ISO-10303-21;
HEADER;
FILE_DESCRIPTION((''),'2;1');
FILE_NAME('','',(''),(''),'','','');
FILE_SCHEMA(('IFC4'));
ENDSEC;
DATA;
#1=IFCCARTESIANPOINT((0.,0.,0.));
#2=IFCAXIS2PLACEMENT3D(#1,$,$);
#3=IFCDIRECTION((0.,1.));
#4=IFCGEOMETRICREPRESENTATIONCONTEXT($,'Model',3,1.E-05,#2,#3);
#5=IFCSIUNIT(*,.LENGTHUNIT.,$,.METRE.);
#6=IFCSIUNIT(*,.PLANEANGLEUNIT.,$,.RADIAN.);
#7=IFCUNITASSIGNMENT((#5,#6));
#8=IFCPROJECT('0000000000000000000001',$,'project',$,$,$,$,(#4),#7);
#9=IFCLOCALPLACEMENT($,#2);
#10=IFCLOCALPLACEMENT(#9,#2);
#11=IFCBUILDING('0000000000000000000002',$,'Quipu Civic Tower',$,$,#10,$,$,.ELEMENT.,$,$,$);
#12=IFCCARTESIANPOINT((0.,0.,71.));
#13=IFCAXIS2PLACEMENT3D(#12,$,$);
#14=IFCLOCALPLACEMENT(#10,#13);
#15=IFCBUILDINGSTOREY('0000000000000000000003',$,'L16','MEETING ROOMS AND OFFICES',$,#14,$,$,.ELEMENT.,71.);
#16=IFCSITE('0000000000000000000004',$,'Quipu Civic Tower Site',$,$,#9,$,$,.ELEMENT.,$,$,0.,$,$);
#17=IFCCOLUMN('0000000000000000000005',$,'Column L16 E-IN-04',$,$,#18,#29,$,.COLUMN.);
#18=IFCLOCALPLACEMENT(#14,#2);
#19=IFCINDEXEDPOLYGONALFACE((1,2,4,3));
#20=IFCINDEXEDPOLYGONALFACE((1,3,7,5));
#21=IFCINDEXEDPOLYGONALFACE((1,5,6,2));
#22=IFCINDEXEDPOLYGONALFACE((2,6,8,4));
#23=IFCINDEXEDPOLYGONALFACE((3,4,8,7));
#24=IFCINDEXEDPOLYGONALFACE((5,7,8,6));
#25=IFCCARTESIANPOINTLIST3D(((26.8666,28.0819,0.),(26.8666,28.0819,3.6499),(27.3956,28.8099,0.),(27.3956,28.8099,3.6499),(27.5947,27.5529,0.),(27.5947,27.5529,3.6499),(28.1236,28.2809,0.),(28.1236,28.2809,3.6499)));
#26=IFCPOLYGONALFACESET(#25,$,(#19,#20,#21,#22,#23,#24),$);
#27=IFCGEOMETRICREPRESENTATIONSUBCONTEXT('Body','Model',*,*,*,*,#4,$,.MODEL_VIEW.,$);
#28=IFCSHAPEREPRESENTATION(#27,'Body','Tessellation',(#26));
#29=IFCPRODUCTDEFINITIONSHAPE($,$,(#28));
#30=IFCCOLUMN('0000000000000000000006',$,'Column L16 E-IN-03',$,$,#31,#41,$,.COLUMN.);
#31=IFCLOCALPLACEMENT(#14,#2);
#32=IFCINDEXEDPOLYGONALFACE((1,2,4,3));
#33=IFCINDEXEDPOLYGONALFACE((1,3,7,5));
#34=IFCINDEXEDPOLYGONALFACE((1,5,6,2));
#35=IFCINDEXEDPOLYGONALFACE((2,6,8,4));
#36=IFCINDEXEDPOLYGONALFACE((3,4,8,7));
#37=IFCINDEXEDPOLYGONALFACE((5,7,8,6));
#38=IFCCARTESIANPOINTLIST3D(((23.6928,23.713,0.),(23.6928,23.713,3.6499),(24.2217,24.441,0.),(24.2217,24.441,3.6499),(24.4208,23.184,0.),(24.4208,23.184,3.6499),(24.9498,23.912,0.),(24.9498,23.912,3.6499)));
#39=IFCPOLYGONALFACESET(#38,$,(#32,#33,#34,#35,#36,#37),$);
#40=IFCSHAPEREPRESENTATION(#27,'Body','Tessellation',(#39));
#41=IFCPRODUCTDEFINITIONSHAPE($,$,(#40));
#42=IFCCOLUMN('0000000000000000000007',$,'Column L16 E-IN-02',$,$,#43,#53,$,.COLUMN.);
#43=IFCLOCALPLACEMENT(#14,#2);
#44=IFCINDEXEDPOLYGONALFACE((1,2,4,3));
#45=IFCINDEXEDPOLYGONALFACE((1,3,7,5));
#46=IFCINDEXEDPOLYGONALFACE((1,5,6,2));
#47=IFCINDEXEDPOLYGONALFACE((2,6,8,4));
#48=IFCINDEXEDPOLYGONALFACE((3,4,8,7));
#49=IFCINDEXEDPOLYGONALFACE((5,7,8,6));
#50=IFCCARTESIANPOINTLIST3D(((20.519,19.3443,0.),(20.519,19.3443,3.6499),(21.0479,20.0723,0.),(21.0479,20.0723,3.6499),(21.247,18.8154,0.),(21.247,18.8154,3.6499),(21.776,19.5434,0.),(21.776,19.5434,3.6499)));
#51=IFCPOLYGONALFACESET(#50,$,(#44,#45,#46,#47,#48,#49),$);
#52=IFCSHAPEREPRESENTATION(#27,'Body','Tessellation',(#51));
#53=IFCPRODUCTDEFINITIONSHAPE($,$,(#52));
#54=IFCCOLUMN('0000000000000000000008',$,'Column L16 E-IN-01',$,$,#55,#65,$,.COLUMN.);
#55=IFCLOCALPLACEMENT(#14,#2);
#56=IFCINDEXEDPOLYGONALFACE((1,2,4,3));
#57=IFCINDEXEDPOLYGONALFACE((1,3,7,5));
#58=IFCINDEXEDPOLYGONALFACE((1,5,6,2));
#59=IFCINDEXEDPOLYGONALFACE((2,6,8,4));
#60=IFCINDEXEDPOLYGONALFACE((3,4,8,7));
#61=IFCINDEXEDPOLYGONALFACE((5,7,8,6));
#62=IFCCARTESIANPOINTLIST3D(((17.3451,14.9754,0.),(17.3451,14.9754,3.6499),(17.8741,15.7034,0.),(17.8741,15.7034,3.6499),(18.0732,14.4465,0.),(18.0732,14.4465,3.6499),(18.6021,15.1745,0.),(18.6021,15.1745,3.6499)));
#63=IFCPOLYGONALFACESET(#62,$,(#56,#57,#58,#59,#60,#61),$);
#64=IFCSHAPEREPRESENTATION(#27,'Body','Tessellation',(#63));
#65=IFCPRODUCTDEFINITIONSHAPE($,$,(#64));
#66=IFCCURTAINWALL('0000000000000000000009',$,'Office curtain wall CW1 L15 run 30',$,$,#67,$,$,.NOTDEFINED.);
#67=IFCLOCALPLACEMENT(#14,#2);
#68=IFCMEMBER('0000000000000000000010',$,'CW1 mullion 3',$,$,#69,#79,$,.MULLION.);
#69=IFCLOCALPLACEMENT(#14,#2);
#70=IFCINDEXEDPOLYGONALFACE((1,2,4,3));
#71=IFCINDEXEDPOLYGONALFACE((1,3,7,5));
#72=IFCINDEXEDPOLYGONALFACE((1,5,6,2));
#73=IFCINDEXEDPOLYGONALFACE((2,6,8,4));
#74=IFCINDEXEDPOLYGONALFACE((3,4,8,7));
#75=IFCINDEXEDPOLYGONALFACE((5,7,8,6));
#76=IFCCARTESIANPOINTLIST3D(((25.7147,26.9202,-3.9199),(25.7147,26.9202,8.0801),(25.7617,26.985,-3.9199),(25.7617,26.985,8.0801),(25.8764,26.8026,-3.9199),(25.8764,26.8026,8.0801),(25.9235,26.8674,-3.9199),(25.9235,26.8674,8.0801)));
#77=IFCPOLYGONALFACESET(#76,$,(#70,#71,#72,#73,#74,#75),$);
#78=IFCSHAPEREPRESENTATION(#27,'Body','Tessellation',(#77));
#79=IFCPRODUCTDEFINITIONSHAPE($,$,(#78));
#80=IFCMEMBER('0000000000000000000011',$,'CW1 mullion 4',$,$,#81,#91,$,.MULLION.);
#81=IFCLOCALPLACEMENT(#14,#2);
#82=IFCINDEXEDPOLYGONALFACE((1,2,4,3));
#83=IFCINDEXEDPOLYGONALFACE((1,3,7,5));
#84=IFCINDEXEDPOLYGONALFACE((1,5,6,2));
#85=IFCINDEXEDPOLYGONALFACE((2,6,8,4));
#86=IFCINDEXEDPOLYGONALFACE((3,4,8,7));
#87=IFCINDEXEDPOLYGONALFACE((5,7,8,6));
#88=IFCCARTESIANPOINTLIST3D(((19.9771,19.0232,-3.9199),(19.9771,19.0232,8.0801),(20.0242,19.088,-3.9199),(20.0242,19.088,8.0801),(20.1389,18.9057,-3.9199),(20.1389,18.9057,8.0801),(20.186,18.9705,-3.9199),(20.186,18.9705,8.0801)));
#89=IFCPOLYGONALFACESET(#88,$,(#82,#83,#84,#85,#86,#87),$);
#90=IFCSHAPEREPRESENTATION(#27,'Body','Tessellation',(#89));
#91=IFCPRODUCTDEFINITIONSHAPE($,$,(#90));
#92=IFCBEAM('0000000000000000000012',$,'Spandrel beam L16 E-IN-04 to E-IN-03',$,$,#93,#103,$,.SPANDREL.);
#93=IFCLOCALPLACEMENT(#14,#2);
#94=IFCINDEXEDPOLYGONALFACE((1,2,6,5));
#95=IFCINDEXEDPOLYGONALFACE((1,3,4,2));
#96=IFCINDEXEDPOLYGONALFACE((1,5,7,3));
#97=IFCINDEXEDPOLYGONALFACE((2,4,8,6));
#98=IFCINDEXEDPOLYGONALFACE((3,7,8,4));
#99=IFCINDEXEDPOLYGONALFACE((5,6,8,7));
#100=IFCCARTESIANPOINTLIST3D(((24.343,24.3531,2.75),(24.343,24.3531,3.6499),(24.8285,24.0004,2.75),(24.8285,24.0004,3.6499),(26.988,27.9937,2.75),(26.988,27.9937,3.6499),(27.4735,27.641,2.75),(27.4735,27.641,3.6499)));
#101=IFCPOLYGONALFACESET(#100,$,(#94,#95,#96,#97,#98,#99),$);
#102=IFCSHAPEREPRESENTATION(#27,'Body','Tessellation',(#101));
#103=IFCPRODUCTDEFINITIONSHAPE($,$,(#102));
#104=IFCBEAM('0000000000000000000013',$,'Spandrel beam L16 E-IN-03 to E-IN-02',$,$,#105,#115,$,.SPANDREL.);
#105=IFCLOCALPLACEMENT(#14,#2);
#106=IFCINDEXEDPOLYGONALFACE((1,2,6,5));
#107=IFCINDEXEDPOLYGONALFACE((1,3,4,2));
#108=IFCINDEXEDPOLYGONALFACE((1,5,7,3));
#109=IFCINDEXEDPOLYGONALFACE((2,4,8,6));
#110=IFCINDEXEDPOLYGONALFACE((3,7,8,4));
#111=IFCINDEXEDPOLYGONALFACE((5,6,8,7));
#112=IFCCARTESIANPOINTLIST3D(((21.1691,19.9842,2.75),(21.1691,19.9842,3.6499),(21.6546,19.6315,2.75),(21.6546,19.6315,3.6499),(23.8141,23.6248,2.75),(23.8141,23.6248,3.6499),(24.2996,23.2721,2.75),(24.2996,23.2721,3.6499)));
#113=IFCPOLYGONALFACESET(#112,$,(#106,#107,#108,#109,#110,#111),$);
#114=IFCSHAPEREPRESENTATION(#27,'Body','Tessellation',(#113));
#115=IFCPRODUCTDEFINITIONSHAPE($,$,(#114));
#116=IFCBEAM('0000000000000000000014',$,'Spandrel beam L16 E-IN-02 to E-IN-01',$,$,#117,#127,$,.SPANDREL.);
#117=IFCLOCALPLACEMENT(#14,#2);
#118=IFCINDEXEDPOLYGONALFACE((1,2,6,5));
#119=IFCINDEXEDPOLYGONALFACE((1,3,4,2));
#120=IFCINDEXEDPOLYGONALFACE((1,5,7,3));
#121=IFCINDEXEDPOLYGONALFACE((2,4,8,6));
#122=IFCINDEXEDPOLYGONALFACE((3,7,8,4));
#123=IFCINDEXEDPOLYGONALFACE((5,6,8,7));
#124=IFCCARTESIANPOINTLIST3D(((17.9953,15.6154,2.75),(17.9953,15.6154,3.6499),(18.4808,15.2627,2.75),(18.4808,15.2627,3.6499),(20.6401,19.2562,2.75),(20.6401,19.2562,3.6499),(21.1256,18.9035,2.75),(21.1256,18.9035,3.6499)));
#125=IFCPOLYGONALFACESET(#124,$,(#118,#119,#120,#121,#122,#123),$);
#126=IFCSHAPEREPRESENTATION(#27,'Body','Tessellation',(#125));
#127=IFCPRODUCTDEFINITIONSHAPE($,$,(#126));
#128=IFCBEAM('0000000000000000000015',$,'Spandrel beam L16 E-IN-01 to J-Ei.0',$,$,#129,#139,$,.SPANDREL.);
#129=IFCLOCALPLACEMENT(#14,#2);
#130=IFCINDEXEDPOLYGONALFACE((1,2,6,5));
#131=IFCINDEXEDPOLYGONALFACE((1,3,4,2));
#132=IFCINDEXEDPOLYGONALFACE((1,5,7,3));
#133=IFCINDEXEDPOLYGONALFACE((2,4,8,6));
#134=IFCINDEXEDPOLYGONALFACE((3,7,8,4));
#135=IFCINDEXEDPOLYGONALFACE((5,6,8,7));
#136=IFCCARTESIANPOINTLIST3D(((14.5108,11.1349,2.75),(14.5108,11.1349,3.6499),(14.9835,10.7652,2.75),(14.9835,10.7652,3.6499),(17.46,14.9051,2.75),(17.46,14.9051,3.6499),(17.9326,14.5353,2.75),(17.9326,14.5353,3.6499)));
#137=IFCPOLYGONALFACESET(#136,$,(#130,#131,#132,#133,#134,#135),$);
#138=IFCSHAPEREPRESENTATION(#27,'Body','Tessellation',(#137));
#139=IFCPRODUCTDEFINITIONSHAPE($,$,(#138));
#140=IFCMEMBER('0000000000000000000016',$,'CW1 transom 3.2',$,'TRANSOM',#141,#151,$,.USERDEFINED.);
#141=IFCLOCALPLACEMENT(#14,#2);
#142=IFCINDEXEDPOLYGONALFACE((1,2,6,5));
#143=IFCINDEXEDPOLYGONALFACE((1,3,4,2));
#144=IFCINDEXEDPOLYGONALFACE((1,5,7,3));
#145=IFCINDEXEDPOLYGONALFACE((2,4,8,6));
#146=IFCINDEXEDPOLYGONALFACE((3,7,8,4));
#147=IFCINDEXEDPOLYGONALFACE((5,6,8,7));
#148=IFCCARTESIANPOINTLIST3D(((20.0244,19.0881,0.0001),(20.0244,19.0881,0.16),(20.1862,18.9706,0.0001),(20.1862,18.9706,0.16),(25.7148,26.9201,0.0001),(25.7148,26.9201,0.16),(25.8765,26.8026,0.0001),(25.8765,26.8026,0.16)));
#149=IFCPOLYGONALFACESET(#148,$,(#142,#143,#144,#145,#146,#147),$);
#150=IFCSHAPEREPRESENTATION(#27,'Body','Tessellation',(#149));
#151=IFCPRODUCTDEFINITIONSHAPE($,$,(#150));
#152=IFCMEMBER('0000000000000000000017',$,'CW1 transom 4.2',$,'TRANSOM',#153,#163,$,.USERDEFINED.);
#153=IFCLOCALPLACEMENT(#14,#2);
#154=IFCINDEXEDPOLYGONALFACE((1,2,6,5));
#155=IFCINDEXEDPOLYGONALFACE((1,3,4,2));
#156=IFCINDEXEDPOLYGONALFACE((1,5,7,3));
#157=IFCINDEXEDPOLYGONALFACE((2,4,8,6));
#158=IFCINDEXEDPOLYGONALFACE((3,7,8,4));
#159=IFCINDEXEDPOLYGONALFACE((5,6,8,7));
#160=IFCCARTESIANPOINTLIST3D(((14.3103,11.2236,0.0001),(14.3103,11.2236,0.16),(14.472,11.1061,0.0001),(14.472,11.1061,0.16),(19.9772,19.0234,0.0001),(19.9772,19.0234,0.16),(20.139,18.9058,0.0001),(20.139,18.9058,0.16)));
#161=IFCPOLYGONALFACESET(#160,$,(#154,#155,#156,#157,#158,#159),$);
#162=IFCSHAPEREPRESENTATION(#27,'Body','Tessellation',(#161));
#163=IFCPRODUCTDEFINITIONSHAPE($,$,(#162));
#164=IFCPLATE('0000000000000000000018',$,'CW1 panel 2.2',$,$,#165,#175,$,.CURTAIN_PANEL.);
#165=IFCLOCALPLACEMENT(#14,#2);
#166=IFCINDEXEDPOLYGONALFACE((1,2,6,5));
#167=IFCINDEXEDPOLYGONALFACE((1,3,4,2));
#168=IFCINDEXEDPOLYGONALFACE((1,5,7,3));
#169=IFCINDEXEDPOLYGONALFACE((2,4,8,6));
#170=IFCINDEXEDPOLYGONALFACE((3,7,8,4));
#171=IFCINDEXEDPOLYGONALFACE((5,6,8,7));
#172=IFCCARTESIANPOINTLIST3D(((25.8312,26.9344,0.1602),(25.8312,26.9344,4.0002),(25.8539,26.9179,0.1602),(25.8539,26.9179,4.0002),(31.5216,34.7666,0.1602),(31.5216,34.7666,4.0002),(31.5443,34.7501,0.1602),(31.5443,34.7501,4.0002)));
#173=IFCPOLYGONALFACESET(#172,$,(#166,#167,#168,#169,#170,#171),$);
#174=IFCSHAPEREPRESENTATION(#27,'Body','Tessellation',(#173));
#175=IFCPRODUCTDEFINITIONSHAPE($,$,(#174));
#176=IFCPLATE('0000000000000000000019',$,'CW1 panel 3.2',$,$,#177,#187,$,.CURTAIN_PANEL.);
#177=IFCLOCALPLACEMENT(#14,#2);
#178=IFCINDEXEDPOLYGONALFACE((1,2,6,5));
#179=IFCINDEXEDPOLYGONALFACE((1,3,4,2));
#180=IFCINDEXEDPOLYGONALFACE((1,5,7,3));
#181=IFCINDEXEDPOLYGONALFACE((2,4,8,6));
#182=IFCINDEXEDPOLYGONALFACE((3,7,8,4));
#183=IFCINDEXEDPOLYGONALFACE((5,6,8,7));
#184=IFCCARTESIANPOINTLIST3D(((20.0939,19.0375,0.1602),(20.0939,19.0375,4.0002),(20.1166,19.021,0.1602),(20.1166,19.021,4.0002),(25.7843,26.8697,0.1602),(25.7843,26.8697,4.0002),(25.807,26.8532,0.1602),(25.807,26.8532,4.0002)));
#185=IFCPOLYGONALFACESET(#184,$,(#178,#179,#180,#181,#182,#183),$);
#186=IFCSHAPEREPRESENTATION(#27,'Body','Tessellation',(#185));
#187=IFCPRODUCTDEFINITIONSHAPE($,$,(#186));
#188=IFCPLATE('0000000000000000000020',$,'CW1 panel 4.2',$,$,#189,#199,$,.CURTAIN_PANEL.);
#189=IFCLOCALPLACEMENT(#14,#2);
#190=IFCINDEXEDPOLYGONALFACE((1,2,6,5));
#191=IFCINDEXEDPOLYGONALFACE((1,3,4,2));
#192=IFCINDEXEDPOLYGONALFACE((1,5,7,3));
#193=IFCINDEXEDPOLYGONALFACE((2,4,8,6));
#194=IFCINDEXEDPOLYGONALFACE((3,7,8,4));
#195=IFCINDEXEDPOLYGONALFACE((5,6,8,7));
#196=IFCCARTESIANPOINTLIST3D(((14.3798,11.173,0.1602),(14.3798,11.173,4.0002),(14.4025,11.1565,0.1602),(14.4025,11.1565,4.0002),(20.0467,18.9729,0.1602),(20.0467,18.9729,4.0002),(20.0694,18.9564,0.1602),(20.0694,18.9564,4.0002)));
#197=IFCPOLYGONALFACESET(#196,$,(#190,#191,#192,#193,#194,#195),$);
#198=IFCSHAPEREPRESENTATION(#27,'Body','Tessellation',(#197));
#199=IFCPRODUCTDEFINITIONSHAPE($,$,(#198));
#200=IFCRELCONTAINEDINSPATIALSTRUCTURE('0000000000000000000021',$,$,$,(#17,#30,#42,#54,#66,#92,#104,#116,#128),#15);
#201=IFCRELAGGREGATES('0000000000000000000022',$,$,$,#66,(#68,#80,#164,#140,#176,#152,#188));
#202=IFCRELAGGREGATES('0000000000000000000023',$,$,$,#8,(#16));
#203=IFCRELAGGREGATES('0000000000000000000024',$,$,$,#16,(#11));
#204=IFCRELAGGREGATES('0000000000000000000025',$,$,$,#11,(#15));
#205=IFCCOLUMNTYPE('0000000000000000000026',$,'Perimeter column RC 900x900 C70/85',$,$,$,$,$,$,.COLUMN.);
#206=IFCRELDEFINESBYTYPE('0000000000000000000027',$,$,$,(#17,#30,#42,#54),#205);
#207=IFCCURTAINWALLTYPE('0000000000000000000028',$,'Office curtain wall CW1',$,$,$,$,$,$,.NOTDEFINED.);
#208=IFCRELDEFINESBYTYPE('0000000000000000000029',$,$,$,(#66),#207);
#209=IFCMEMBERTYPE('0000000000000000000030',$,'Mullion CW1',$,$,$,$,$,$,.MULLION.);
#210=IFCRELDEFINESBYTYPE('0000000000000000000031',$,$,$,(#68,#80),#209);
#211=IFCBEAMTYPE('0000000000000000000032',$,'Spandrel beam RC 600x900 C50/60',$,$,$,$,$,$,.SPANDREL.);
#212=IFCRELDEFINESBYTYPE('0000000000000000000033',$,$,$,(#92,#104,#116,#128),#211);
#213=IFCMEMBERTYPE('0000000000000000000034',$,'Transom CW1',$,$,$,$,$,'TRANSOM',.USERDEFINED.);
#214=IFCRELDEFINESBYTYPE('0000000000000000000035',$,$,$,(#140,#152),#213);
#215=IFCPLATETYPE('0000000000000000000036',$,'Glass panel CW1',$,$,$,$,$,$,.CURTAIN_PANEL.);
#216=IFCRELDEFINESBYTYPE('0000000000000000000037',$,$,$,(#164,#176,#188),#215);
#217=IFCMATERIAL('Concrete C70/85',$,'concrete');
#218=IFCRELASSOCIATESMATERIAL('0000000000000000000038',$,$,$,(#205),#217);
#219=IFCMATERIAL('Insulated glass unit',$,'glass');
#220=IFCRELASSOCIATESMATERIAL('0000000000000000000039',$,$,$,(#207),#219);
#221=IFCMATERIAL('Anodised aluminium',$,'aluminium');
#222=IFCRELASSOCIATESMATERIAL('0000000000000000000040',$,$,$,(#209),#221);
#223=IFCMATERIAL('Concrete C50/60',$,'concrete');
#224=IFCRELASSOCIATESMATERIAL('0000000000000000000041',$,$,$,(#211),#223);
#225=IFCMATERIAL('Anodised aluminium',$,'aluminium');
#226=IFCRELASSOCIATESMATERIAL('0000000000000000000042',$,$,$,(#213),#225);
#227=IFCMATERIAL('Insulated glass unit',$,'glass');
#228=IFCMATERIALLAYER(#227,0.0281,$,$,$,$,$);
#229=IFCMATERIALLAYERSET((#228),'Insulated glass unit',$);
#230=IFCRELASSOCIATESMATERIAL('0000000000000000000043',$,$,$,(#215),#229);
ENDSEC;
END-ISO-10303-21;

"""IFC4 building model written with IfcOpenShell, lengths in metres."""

from ifc_helpers import new_model, si_unit, direction, frame, origin, origin_2d, place, context, subcontext, project, spatial, rectangle, extrude, material, layer, layer_set, material_profile, profile_set, type_object, element, aggregate, save


model = new_model("IFC4")

# Units and contexts
model_context = context("Model", 3, precision=1e-05, world=origin(), true_north=direction((0.0, 1.0)))
body_context = subcontext(model_context, "Body", "Model", "MODEL_VIEW")
ifc_project = project(units=[si_unit("LENGTHUNIT", "METRE"), si_unit("PLANEANGLEUNIT", "RADIAN")], contexts=[model_context])

# Site, building, storey
site_placement = place(None, origin())
site = spatial("IfcSite", under=ifc_project, at=site_placement, Name="Quipu Civic Tower Site", CompositionType="ELEMENT", RefElevation=0.0)
building_placement = place(site_placement, origin())
building = spatial("IfcBuilding", under=site, at=building_placement, Name="Quipu Civic Tower", CompositionType="ELEMENT")
storey_placement = place(building_placement, frame((0.0, 0.0, 71.0)))
storey = spatial("IfcBuildingStorey", under=building, at=storey_placement, Name="L16", Description="MEETING ROOMS AND OFFICES", CompositionType="ELEMENT", Elevation=71.0)

# Columns
ifc_material_1 = material(Name="Concrete C70/85", Category="concrete")
ifc_material_profile_1 = material_profile(ifc_material_1, rectangle(XDim=0.8999, YDim=0.8999, at=origin_2d()), Name="RC900x900")
ifc_profile_set_1 = profile_set([ifc_material_profile_1], Name="Concrete C70/85")
column_type = type_object("IfcColumnType", Name="Perimeter column RC 900x900 C70/85", PredefinedType="COLUMN", material=ifc_profile_set_1)
for number, where, z_axis, x_axis, name in (
    (1, (27.4951, 28.1814, 0.0), (0.0, 0.0, 1.0), (-0.587785, -0.809017, 0.0), "Column L16 E-IN-04"),
    (2, (24.3213, 23.8125, 0.0), (0.0, 0.0, 1.0), (-0.587785, -0.809017, 0.0), "Column L16 E-IN-03"),
    (3, (21.1475, 19.4438, 0.0), (0.0, 0.0, 1.0), (-0.587785, -0.809017, 0.0), "Column L16 E-IN-02"),
    (4, (17.9736, 15.075, 0.0), (0.0, 0.0, 1.0), (-0.587785, -0.809017, 0.0), "Column L16 E-IN-01"),
):
    element("IfcColumn", number, at=place(storey_placement, frame(where, z_axis=z_axis, x_axis=x_axis)), inside=storey, type_object=column_type, Name=name, PredefinedType="COLUMN", context=body_context, shape_type="SweptSolid", body=[
        extrude(rectangle(XDim=0.8999, YDim=0.8999, at=origin_2d()), origin(), (0.0, 0.0, 1.0), 3.6499),
    ])

# Curtain wall, members
ifc_material_2 = material(Name="Insulated glass unit", Category="glass")
curtain_wall_type = type_object("IfcCurtainWallType", Name="Office curtain wall CW1", PredefinedType="NOTDEFINED", material=ifc_material_2)
curtain_wall_placement = place(storey_placement, origin())
curtain_wall = element("IfcCurtainWall", 5, at=curtain_wall_placement, inside=storey, type_object=curtain_wall_type, Name="Office curtain wall CW1 L15 run 30", PredefinedType="NOTDEFINED")
ifc_material_3 = material(Name="Anodised aluminium", Category="aluminium")
ifc_material_profile_2 = material_profile(ifc_material_3, rectangle(XDim=0.2, YDim=0.0801, at=origin_2d()), Name="RECT 200x80")
ifc_profile_set_2 = profile_set([ifc_material_profile_2], Name="Anodised aluminium")
member_type_1 = type_object("IfcMemberType", Name="Mullion CW1", PredefinedType="MULLION", material=ifc_profile_set_2)
member_1_placement = place(storey_placement, frame((25.8191, 26.8938, -3.9199), z_axis=(0.0, 0.0, 1.0), x_axis=(0.809017, -0.587786, 0.0)))
member_1 = element("IfcMember", 6, at=member_1_placement, type_object=member_type_1, Name="CW1 mullion 3", PredefinedType="MULLION", context=body_context, shape_type="SweptSolid", body=[
    extrude(rectangle(XDim=0.2, YDim=0.0801, at=origin_2d()), origin(), (0.0, 0.0, 1.0), 12.0),
])
member_2_placement = place(storey_placement, frame((20.0815, 18.9968, -3.9199), z_axis=(0.0, 0.0, 1.0), x_axis=(0.809017, -0.587786, 0.0)))
member_2 = element("IfcMember", 7, at=member_2_placement, type_object=member_type_1, Name="CW1 mullion 4", PredefinedType="MULLION", context=body_context, shape_type="SweptSolid", body=[
    extrude(rectangle(XDim=0.2, YDim=0.0801, at=origin_2d()), origin(), (0.0, 0.0, 1.0), 12.0),
])

# Beams
ifc_material_4 = material(Name="Concrete C50/60", Category="concrete")
ifc_material_profile_3 = material_profile(ifc_material_4, rectangle(XDim=0.6001, YDim=0.8999, at=origin_2d()), Name="RC600x900")
ifc_profile_set_3 = profile_set([ifc_material_profile_3], Name="Concrete C50/60")
beam_type = type_object("IfcBeamType", Name="Spandrel beam RC 600x900 C50/60", PredefinedType="SPANDREL", material=ifc_profile_set_3)
for number, where, z_axis, x_axis, name in (
    (8, (27.2307, 27.8174, 3.2), (-0.587778, -0.809022, 0.0), (0.809022, -0.587778, 0.0), "Spandrel beam L16 E-IN-04 to E-IN-03"),
    (9, (24.0569, 23.4485, 3.2), (-0.587778, -0.809022, 0.0), (0.809022, -0.587778, 0.0), "Spandrel beam L16 E-IN-03 to E-IN-02"),
    (10, (20.8828, 19.0798, 3.2), (-0.587717, -0.809067, 0.0), (0.809067, -0.587717, 0.0), "Spandrel beam L16 E-IN-02 to E-IN-01"),
):
    element("IfcBeam", number, at=place(storey_placement, frame(where, z_axis=z_axis, x_axis=x_axis)), inside=storey, type_object=beam_type, Name=name, PredefinedType="SPANDREL", context=body_context, shape_type="SweptSolid", body=[
        extrude(rectangle(XDim=0.6001, YDim=0.8999, at=origin_2d()), origin(), (0.0, 0.0, 1.0), 4.5),
    ])
beam_placement = place(storey_placement, frame((17.6963, 14.7202, 3.2), z_axis=(-0.616124, -0.787649, 0.0), x_axis=(0.787649, -0.616124, 0.0)))
element("IfcBeam", 11, at=beam_placement, inside=storey, type_object=beam_type, Name="Spandrel beam L16 E-IN-01 to J-Ei.0", PredefinedType="SPANDREL", context=body_context, shape_type="SweptSolid", body=[
    extrude(rectangle(XDim=0.6001, YDim=0.8999, at=origin_2d()), origin(), (0.0, 0.0, 1.0), 4.7866),
])

# Members
ifc_material_5 = material(Name="Anodised aluminium", Category="aluminium")
ifc_material_profile_4 = material_profile(ifc_material_5, rectangle(XDim=0.2, YDim=0.1599, at=origin_2d()), Name="RECT 200x160")
ifc_profile_set_4 = profile_set([ifc_material_profile_4], Name="Anodised aluminium")
member_type_2 = type_object("IfcMemberType", Name="Transom CW1", ElementType="TRANSOM", PredefinedType="USERDEFINED", material=ifc_profile_set_4)
member_3_placement = place(storey_placement, frame((25.7957, 26.8613, 0.0801), z_axis=(-0.587794, -0.809011, 0.0), x_axis=(0.809011, -0.587794, 0.0)))
member_3 = element("IfcMember", 12, at=member_3_placement, type_object=member_type_2, Name="CW1 transom 3.2", ObjectType="TRANSOM", PredefinedType="USERDEFINED", context=body_context, shape_type="SweptSolid", body=[
    extrude(rectangle(XDim=0.2, YDim=0.1599, at=origin_2d()), origin(), (0.0, 0.0, 1.0), 9.6809),
])
member_4_placement = place(storey_placement, frame((20.0581, 18.9646, 0.0801), z_axis=(-0.587792, -0.809012, 0.0), x_axis=(0.809012, -0.587792, 0.0)))
member_4 = element("IfcMember", 13, at=member_4_placement, type_object=member_type_2, Name="CW1 transom 4.2", ObjectType="TRANSOM", PredefinedType="USERDEFINED", context=body_context, shape_type="SweptSolid", body=[
    extrude(rectangle(XDim=0.2, YDim=0.1599, at=origin_2d()), origin(), (0.0, 0.0, 1.0), 9.6411),
])

# Plates
ifc_material_6 = material(Name="Insulated glass unit", Category="glass")
ifc_layer = layer(ifc_material_6, 0.0281)
ifc_layer_set = layer_set([ifc_layer], Name="Insulated glass unit")
plate_type_1 = type_object("IfcPlateType", Name="Glass panel CW1", PredefinedType="CURTAIN_PANEL", material=ifc_layer_set)
plate_1_placement = place(storey_placement, frame((28.6877, 30.8423, 0.1602), z_axis=(0.0, 0.0, 1.0), x_axis=(-0.587786, -0.809017, 0.0)))
plate_1 = element("IfcPlate", 14, at=plate_1_placement, type_object=plate_type_1, Name="CW1 panel 2.2", PredefinedType="CURTAIN_PANEL", context=body_context, shape_type="SweptSolid", body=[
    extrude(rectangle(XDim=9.6812, YDim=0.0281, at=origin_2d()), origin(), (0.0, 0.0, 1.0), 3.8401),
])
plate_2_placement = place(storey_placement, frame((22.9504, 22.9453, 0.1602), z_axis=(0.0, 0.0, 1.0), x_axis=(-0.587786, -0.809017, 0.0)))
plate_2 = element("IfcPlate", 15, at=plate_2_placement, type_object=plate_type_1, Name="CW1 panel 3.2", PredefinedType="CURTAIN_PANEL", context=body_context, shape_type="SweptSolid", body=[
    extrude(rectangle(XDim=9.6812, YDim=0.0281, at=origin_2d()), origin(), (0.0, 0.0, 1.0), 3.8401),
])
plate_3_placement = place(storey_placement, frame((17.2246, 15.0647, 0.1602), z_axis=(0.0, 0.0, 1.0), x_axis=(-0.587786, -0.809017, 0.0)))
plate_3 = element("IfcPlate", 16, at=plate_3_placement, type_object=plate_type_1, Name="CW1 panel 4.2", PredefinedType="CURTAIN_PANEL", context=body_context, shape_type="SweptSolid", body=[
    extrude(rectangle(XDim=9.6411, YDim=0.0281, at=origin_2d()), origin(), (0.0, 0.0, 1.0), 3.8401),
])
aggregate(curtain_wall, [member_1, member_2, plate_1, member_3, plate_2, member_4, plate_3])

save(model, "model.ifc")
